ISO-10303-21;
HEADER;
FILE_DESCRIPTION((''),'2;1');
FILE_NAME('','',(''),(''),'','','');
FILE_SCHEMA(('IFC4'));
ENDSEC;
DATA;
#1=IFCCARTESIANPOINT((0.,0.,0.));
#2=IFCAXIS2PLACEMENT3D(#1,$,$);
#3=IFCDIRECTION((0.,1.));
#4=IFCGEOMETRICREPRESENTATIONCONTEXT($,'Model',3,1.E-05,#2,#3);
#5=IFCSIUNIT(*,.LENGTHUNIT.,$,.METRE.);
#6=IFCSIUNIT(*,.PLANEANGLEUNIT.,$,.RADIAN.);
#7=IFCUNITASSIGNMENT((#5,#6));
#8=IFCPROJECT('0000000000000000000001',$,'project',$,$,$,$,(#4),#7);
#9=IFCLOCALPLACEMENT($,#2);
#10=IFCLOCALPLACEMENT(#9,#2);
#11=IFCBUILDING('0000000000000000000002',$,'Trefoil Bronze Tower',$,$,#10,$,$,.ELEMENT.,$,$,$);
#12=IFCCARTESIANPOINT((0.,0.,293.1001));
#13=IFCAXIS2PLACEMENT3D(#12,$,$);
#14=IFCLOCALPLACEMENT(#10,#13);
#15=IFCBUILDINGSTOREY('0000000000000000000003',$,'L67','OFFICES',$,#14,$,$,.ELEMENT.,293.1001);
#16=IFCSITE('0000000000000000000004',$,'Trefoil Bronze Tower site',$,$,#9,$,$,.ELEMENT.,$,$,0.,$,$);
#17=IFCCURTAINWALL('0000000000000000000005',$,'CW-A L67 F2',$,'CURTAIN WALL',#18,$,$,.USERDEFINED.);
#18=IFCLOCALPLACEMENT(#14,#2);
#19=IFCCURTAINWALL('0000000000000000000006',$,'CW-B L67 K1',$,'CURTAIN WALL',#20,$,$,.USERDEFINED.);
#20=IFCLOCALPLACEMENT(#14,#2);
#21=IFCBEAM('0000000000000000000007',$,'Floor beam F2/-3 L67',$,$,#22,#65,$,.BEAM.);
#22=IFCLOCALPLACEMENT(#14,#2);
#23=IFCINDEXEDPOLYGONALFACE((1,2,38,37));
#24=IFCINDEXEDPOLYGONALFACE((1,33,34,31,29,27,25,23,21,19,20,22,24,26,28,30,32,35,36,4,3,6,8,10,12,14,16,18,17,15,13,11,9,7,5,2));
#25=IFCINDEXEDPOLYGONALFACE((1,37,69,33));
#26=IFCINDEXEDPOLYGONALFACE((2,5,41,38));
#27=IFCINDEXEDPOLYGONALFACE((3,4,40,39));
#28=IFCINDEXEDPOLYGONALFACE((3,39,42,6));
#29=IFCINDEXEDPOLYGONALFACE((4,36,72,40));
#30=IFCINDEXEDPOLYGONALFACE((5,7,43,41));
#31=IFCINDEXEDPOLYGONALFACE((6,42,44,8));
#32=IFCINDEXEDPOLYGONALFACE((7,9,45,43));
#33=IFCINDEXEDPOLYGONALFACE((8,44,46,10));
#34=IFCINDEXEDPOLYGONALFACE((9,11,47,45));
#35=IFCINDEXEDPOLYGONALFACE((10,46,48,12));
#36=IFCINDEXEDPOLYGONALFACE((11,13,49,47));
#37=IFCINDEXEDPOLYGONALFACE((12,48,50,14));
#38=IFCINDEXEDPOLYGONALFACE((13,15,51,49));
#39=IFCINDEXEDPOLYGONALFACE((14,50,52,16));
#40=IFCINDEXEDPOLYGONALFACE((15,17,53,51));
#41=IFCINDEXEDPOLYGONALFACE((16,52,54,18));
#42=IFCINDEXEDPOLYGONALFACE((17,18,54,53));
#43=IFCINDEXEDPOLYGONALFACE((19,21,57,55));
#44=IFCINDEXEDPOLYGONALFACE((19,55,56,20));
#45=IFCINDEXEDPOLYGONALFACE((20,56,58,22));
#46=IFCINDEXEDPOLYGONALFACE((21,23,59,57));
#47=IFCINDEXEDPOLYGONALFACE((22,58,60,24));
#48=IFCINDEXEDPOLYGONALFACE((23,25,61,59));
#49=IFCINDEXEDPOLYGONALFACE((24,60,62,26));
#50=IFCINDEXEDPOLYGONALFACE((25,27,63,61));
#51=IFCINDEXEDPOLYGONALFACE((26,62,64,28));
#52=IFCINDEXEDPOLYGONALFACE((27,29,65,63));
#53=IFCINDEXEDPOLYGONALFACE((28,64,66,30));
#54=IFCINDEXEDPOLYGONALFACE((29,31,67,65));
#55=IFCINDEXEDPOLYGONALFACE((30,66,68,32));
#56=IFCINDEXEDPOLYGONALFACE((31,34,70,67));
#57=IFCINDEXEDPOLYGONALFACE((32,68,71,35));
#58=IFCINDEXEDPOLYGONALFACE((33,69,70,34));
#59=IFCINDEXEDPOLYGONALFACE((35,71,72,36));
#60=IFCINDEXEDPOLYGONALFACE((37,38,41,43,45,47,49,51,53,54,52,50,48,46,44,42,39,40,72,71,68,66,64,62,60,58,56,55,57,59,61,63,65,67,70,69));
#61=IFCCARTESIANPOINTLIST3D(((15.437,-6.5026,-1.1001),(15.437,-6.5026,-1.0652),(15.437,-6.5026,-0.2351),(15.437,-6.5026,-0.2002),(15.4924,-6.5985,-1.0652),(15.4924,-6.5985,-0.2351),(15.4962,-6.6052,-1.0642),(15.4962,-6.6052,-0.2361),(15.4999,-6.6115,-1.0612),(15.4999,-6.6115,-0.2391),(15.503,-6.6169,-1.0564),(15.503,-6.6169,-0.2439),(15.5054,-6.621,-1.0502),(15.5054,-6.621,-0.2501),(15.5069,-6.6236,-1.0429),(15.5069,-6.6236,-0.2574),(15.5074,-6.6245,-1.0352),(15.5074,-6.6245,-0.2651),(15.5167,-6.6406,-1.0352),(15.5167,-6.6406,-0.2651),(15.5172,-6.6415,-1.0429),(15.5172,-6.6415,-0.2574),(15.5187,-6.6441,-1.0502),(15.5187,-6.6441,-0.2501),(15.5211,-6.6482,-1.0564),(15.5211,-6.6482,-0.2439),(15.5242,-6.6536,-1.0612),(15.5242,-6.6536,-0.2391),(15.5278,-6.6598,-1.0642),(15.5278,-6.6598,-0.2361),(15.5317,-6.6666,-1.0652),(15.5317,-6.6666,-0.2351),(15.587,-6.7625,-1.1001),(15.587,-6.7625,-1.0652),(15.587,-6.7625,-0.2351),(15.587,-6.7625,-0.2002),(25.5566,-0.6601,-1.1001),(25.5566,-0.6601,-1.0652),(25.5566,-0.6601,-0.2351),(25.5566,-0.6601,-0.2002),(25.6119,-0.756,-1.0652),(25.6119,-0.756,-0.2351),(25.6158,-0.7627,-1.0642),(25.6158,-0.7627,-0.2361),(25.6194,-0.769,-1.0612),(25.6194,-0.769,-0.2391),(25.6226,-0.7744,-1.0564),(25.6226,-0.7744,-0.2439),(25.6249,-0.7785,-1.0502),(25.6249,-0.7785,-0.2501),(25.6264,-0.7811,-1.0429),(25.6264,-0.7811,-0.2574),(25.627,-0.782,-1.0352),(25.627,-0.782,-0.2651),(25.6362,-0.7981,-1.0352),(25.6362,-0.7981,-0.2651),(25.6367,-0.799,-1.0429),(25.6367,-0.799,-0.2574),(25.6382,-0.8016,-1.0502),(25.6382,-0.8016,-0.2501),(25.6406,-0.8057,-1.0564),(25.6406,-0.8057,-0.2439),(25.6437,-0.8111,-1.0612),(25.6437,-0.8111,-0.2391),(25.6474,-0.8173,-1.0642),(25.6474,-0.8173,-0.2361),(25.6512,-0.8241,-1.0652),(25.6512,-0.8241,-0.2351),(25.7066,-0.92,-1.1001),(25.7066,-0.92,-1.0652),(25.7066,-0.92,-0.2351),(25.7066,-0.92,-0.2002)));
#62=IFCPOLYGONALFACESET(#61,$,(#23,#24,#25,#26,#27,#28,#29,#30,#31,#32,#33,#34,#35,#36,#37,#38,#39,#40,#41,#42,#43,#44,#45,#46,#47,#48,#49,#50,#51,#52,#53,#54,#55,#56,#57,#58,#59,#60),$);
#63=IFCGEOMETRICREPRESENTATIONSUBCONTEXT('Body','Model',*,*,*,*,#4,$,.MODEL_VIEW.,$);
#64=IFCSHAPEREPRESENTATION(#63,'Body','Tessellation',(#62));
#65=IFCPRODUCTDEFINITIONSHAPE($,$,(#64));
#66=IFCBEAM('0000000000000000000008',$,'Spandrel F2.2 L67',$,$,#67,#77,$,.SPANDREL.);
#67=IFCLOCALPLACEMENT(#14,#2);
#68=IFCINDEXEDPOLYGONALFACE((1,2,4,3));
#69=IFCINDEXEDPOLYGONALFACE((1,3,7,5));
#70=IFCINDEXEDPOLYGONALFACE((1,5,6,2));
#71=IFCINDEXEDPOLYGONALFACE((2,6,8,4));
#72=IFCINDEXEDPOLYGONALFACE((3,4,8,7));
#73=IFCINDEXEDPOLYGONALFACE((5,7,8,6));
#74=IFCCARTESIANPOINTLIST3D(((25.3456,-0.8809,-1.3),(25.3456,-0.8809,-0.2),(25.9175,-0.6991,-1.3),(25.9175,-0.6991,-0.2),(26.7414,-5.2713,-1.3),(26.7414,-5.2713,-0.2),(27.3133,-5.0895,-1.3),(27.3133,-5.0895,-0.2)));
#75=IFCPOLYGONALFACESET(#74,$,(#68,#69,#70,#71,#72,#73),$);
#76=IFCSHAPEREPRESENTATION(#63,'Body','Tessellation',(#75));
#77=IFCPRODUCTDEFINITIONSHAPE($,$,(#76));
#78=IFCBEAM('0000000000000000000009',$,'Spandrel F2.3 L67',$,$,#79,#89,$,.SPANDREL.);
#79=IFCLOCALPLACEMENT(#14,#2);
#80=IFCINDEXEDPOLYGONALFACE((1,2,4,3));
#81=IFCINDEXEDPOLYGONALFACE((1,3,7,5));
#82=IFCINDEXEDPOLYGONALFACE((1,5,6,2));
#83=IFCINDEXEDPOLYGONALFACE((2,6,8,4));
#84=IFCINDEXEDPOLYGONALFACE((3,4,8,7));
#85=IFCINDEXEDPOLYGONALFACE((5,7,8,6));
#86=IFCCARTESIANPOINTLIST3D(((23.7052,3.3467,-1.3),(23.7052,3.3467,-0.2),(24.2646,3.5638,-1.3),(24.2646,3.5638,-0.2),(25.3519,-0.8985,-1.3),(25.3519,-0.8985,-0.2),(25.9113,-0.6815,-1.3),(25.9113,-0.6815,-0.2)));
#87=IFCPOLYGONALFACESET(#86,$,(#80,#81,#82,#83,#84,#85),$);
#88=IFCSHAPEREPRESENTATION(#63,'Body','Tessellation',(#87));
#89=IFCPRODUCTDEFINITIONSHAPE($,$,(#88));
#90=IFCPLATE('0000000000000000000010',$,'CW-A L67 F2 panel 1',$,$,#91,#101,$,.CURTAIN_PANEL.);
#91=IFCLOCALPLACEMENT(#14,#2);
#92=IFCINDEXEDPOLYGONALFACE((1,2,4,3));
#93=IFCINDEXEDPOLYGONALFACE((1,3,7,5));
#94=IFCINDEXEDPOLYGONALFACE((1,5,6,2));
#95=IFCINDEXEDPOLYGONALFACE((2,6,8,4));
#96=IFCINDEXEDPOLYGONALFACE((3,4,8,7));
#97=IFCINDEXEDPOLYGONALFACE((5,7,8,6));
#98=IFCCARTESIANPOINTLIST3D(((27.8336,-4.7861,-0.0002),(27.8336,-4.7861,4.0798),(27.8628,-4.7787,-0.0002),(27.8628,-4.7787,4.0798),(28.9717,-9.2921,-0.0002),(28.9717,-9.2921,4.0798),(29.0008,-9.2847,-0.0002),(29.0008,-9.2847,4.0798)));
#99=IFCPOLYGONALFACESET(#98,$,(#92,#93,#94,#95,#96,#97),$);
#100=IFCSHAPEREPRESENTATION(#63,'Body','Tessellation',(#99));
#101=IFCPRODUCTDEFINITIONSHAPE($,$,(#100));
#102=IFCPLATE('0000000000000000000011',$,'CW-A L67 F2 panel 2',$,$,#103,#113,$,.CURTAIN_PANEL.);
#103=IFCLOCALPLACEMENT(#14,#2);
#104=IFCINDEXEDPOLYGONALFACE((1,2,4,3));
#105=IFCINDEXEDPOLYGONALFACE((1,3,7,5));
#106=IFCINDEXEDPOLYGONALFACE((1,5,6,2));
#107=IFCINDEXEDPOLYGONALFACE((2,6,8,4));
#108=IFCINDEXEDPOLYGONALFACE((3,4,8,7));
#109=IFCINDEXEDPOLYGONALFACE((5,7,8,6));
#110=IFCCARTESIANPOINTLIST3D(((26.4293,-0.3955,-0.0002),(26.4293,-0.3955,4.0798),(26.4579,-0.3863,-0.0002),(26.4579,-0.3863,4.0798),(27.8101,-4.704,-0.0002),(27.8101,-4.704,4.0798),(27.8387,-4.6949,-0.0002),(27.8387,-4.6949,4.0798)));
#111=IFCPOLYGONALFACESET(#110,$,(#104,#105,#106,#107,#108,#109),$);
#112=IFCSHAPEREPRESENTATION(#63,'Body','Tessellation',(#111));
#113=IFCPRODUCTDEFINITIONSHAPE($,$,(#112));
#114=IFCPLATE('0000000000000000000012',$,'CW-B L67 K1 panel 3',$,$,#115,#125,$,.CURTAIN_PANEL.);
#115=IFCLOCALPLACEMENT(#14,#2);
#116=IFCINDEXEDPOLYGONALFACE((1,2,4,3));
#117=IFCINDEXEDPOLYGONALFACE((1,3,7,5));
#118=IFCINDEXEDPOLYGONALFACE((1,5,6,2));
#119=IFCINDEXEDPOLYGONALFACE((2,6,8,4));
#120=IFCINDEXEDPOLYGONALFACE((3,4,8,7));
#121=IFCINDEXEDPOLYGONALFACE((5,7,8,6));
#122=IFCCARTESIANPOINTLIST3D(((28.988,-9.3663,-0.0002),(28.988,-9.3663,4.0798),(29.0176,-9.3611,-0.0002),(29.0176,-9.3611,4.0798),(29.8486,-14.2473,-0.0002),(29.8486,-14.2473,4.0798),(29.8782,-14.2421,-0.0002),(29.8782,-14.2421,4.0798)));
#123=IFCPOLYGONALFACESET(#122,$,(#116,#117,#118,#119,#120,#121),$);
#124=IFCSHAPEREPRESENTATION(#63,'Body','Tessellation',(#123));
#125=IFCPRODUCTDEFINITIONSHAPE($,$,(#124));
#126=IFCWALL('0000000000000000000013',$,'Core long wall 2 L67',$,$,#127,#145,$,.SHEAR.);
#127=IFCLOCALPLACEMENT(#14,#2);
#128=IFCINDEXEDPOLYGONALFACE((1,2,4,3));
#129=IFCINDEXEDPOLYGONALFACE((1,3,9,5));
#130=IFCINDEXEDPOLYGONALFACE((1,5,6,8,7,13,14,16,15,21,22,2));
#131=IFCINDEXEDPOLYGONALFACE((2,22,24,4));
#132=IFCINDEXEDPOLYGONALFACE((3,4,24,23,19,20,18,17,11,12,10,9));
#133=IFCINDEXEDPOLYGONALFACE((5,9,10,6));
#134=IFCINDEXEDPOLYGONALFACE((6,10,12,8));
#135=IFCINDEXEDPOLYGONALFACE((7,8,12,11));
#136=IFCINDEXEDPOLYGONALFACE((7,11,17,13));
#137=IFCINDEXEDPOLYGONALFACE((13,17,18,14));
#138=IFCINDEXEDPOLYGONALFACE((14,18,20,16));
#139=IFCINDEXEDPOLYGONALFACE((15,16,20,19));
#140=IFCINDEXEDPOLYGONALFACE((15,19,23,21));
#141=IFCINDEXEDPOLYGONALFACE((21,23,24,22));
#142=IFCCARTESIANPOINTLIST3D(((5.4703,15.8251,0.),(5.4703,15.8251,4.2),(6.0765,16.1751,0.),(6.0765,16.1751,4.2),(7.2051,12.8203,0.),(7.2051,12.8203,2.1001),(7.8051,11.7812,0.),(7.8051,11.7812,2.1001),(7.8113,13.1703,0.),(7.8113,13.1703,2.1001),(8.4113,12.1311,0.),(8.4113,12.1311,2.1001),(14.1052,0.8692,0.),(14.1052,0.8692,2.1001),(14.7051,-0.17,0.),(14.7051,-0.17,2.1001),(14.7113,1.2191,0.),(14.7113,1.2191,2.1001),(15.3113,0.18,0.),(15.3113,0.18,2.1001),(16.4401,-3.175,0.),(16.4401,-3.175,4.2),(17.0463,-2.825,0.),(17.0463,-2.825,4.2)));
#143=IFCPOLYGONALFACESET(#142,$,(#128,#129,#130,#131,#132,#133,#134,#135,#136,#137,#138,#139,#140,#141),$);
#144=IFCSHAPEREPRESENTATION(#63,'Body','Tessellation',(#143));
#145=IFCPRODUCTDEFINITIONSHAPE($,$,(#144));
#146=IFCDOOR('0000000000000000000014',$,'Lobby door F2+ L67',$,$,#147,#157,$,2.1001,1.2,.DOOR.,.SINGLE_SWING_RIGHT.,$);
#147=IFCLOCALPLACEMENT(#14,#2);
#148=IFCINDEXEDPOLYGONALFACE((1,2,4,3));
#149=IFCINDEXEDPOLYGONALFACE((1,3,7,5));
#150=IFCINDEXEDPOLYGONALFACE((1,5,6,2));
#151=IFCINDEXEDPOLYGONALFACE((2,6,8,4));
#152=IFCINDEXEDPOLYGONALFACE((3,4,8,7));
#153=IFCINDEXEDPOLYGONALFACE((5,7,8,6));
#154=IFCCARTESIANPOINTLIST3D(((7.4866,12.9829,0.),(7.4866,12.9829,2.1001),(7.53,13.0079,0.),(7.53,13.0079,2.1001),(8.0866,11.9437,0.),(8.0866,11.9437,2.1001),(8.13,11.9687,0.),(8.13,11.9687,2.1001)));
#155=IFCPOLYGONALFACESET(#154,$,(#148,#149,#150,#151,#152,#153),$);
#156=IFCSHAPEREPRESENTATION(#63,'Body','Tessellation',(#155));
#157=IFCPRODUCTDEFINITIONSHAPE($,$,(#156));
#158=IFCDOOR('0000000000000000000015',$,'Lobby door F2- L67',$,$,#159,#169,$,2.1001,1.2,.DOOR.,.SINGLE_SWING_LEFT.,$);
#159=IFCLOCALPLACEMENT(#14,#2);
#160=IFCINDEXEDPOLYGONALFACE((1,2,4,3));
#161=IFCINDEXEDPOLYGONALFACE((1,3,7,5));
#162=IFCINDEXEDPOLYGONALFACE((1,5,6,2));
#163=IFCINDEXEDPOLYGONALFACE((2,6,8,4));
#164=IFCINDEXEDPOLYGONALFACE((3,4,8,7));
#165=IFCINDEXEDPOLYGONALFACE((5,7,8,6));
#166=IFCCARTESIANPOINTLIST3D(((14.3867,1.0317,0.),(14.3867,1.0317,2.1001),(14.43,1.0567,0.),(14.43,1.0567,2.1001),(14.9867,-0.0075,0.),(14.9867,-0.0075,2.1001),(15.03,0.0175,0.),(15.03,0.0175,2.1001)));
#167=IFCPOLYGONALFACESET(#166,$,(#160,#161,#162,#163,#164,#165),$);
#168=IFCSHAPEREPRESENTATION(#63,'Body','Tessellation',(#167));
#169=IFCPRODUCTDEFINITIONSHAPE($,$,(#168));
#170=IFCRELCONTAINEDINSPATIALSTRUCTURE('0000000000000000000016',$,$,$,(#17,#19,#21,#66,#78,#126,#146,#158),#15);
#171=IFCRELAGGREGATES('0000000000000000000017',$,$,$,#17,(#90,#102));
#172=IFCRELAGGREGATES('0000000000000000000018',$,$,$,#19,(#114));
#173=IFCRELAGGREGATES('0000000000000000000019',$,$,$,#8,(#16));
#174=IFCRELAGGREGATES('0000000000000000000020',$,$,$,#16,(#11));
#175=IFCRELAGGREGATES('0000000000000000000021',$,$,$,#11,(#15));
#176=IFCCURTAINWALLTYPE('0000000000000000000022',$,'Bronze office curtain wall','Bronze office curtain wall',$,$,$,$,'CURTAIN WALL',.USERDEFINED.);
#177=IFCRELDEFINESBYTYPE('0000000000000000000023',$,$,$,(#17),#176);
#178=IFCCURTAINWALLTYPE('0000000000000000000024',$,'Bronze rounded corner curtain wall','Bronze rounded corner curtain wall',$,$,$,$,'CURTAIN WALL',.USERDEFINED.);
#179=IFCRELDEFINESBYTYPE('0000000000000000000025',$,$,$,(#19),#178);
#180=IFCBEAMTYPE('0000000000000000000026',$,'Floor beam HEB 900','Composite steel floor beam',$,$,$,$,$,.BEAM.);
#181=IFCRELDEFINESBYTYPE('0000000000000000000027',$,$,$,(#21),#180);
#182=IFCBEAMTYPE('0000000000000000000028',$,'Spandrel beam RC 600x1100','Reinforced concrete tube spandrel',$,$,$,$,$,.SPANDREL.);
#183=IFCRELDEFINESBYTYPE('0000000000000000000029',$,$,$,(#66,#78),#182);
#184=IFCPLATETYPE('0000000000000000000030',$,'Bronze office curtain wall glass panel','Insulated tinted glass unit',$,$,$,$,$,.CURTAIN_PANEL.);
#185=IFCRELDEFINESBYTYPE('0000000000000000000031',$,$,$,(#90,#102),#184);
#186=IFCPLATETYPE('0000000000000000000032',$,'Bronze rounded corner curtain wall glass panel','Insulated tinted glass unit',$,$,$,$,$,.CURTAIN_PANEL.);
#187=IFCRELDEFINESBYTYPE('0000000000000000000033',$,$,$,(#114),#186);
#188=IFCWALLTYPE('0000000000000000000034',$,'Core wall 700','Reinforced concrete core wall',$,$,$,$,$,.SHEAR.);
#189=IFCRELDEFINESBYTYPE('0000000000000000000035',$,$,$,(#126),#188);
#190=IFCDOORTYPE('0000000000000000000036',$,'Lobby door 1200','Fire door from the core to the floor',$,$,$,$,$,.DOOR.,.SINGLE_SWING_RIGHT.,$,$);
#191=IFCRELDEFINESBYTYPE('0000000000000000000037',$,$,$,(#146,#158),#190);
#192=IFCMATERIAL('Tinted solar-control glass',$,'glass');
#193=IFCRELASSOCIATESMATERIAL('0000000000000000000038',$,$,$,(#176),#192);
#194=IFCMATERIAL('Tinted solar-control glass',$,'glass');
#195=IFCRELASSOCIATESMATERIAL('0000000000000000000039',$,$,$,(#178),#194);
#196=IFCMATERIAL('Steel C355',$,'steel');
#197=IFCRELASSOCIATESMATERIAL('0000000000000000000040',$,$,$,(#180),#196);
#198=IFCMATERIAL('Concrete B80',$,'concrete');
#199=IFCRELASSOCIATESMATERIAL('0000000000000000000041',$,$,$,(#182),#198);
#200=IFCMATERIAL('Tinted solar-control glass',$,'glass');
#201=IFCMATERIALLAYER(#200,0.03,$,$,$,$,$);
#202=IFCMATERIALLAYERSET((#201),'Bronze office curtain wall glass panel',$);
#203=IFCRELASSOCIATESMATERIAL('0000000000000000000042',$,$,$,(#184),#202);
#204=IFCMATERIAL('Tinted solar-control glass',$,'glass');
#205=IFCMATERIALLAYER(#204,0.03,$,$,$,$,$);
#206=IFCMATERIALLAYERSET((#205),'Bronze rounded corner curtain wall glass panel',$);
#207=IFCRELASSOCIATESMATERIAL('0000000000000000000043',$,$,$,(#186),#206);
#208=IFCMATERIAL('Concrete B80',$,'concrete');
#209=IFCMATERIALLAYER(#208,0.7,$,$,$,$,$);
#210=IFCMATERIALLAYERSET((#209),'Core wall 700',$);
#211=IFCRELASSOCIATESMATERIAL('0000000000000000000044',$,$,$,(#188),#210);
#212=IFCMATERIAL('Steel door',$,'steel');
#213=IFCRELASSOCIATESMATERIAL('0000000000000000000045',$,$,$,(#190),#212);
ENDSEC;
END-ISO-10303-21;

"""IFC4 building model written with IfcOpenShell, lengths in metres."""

from ifc_helpers import new_model, si_unit, direction, frame, frame_2d, origin, origin_2d, place, context, subcontext, project, spatial, rectangle, i_section, extrude, material, layer, layer_set, material_profile, profile_set, type_object, element, fill, aggregate, save


model = new_model("IFC4")

# Units and contexts
model_context = context("Model", 3, precision=1e-05, world=origin(), true_north=direction((0.0, 1.0)))
body_context = subcontext(model_context, "Body", "Model", "MODEL_VIEW")
ifc_project = project(units=[si_unit("LENGTHUNIT", "METRE"), si_unit("PLANEANGLEUNIT", "RADIAN")], contexts=[model_context])

# Site, building, storey
site_placement = place(None, origin())
site = spatial("IfcSite", under=ifc_project, at=site_placement, Name="Trefoil Bronze Tower site", CompositionType="ELEMENT", RefElevation=0.0)
building_placement = place(site_placement, origin())
building = spatial("IfcBuilding", under=site, at=building_placement, Name="Trefoil Bronze Tower", CompositionType="ELEMENT")
storey_placement = place(building_placement, frame((0.0, 0.0, 293.1001)))
storey = spatial("IfcBuildingStorey", under=building, at=storey_placement, Name="L67", Description="OFFICES", CompositionType="ELEMENT", Elevation=293.1001)

# Curtain walls
ifc_material_1 = material(Name="Tinted solar-control glass", Category="glass")
curtain_wall_type_1 = type_object("IfcCurtainWallType", Name="Bronze office curtain wall", Description="Bronze office curtain wall", ElementType="CURTAIN WALL", PredefinedType="USERDEFINED", material=ifc_material_1)
curtain_wall_1_placement = place(storey_placement, origin())
curtain_wall_1 = element("IfcCurtainWall", 1, at=curtain_wall_1_placement, inside=storey, type_object=curtain_wall_type_1, Name="CW-A L67 F2", ObjectType="CURTAIN WALL", PredefinedType="USERDEFINED")
ifc_material_2 = material(Name="Tinted solar-control glass", Category="glass")
curtain_wall_type_2 = type_object("IfcCurtainWallType", Name="Bronze rounded corner curtain wall", Description="Bronze rounded corner curtain wall", ElementType="CURTAIN WALL", PredefinedType="USERDEFINED", material=ifc_material_2)
curtain_wall_2_placement = place(storey_placement, origin())
curtain_wall_2 = element("IfcCurtainWall", 2, at=curtain_wall_2_placement, inside=storey, type_object=curtain_wall_type_2, Name="CW-B L67 K1", ObjectType="CURTAIN WALL", PredefinedType="USERDEFINED")

# Beams
ifc_material_3 = material(Name="Steel C355", Category="steel")
ifc_material_profile_1 = material_profile(ifc_material_3, i_section(OverallWidth=0.3, OverallDepth=0.8999, WebThickness=0.0186, FlangeThickness=0.0349, FilletRadius=0.03, at=origin_2d()), Name="HEB 900")
ifc_profile_set_1 = profile_set([ifc_material_profile_1], Name="Steel C355")
beam_type_1 = type_object("IfcBeamType", Name="Floor beam HEB 900", Description="Composite steel floor beam", PredefinedType="BEAM", material=ifc_profile_set_1)
beam_1_placement = place(storey_placement, frame((25.6316, -0.79, -0.6501), z_axis=(-0.866027, -0.499997, 0.0), x_axis=(0.499997, -0.866027, 0.0)))
element("IfcBeam", 3, at=beam_1_placement, inside=storey, type_object=beam_type_1, Name="Floor beam F2/-3 L67", PredefinedType="BEAM", context=body_context, shape_type="SweptSolid", body=[
    extrude(i_section(OverallWidth=0.3, OverallDepth=0.8999, WebThickness=0.0186, FlangeThickness=0.0349, FilletRadius=0.03, at=origin_2d()), origin(), (0.0, 0.0, 1.0), 11.6851),
])
ifc_material_4 = material(Name="Concrete B80", Category="concrete")
ifc_material_profile_2 = material_profile(ifc_material_4, rectangle(XDim=0.6001, YDim=1.1001, at=origin_2d()), Name="RC 600x1100")
ifc_profile_set_2 = profile_set([ifc_material_profile_2], Name="Concrete B80")
beam_type_2 = type_object("IfcBeamType", Name="Spandrel beam RC 600x1100", Description="Reinforced concrete tube spandrel", PredefinedType="SPANDREL", material=ifc_profile_set_2)
beam_2_placement = place(storey_placement, frame((27.0273, -5.1804, -0.75), z_axis=(-0.30297, 0.953, 0.0), x_axis=(-0.953, -0.30297, 0.0)))
element("IfcBeam", 4, at=beam_2_placement, inside=storey, type_object=beam_type_2, Name="Spandrel F2.2 L67", PredefinedType="SPANDREL", context=body_context, shape_type="SweptSolid", body=[
    extrude(rectangle(XDim=0.6001, YDim=1.1001, at=origin_2d()), origin(), (0.0, 0.0, 1.0), 4.6069),
])
beam_3_placement = place(storey_placement, frame((25.6316, -0.79, -0.75), z_axis=(-0.361636, 0.932319, 0.0), x_axis=(-0.932319, -0.361636, 0.0)))
element("IfcBeam", 5, at=beam_3_placement, inside=storey, type_object=beam_type_2, Name="Spandrel F2.3 L67", PredefinedType="SPANDREL", context=body_context, shape_type="SweptSolid", body=[
    extrude(rectangle(XDim=0.6001, YDim=1.1001, at=origin_2d()), origin(), (0.0, 0.0, 1.0), 4.5535),
])

# Plates
ifc_material_5 = material(Name="Tinted solar-control glass", Category="glass")
ifc_layer_1 = layer(ifc_material_5, 0.03)
ifc_layer_set_1 = layer_set([ifc_layer_1], Name="Bronze office curtain wall glass panel")
plate_type_1 = type_object("IfcPlateType", Name="Bronze office curtain wall glass panel", Description="Insulated tinted glass unit", PredefinedType="CURTAIN_PANEL", material=ifc_layer_set_1)
plate_1_placement = place(storey_placement, frame((28.4172, -7.0354, -0.0002), z_axis=(0.0, 0.0, 1.0), x_axis=(-0.24488, 0.969554, 0.0)))
plate_1 = element("IfcPlate", 6, at=plate_1_placement, type_object=plate_type_1, Name="CW-A L67 F2 panel 1", PredefinedType="CURTAIN_PANEL", context=body_context, shape_type="SweptSolid", body=[
    extrude(rectangle(XDim=4.6475, YDim=0.03, at=origin_2d()), origin(), (0.0, 0.0, 1.0), 4.0801),
])
plate_2_placement = place(storey_placement, frame((27.134, -2.5452, -0.0002), z_axis=(0.0, 0.0, 1.0), x_axis=(-0.305188, 0.952292, 0.0)))
plate_2 = element("IfcPlate", 7, at=plate_2_placement, type_object=plate_type_1, Name="CW-A L67 F2 panel 2", PredefinedType="CURTAIN_PANEL", context=body_context, shape_type="SweptSolid", body=[
    extrude(rectangle(XDim=4.5244, YDim=0.03, at=origin_2d()), origin(), (0.0, 0.0, 1.0), 4.0801),
])
aggregate(curtain_wall_1, [plate_1, plate_2])
ifc_material_6 = material(Name="Tinted solar-control glass", Category="glass")
ifc_layer_2 = layer(ifc_material_6, 0.03)
ifc_layer_set_2 = layer_set([ifc_layer_2], Name="Bronze rounded corner curtain wall glass panel")
plate_type_2 = type_object("IfcPlateType", Name="Bronze rounded corner curtain wall glass panel", Description="Insulated tinted glass unit", PredefinedType="CURTAIN_PANEL", material=ifc_layer_set_2)
plate_3_placement = place(storey_placement, frame((29.4331, -11.8042, -0.0002), z_axis=(0.0, 0.0, 1.0), x_axis=(-0.173648, 0.984808, 0.0)))
plate_3 = element("IfcPlate", 8, at=plate_3_placement, type_object=plate_type_2, Name="CW-B L67 K1 panel 3", PredefinedType="CURTAIN_PANEL", context=body_context, shape_type="SweptSolid", body=[
    extrude(rectangle(XDim=4.9563, YDim=0.03, at=origin_2d()), origin(), (0.0, 0.0, 1.0), 4.0801),
])
aggregate(curtain_wall_2, [plate_3])

# Wall, openings, doors
ifc_material_7 = material(Name="Concrete B80", Category="concrete")
ifc_layer_3 = layer(ifc_material_7, 0.7)
ifc_layer_set_3 = layer_set([ifc_layer_3], Name="Core wall 700")
wall_type_1 = type_object("IfcWallType", Name="Core wall 700", Description="Reinforced concrete core wall", PredefinedType="SHEAR", material=ifc_layer_set_3)
wall_1_placement = place(storey_placement, frame((16.7432, -3.0, 0.0), z_axis=(0.0, 0.0, 1.0), x_axis=(-0.500002, 0.866024, 0.0)))
wall_1 = element("IfcWall", 9, at=wall_1_placement, inside=storey, type_object=wall_type_1, Name="Core long wall 2 L67", PredefinedType="SHEAR", context=body_context, shape_type="SweptSolid", body=[
    extrude(rectangle(XDim=21.9395, YDim=0.7, at=frame_2d((10.9697, 0.0))), origin(), (0.0, 0.0, 1.0), 4.2),
])
opening_1_placement = place(wall_1_placement, frame((17.2698, 0.0, 0.0)))
opening_1 = element("IfcOpeningElement", 10, at=opening_1_placement, cuts=wall_1, PredefinedType="OPENING", context=body_context, shape_type="SweptSolid", body=[
    extrude(rectangle(XDim=1.2, YDim=2.1001, at=frame_2d((0.6001, 1.05))), frame((0.0, 0.3599, 0.0), z_axis=(0.0, -1.0, 0.0), x_axis=(1.0, 0.0, 0.0)), (0.0, 0.0, 1.0), 0.72),
])
opening_2_placement = place(wall_1_placement, frame((3.4697, 0.0, 0.0)))
opening_2 = element("IfcOpeningElement", 11, at=opening_2_placement, cuts=wall_1, PredefinedType="OPENING", context=body_context, shape_type="SweptSolid", body=[
    extrude(rectangle(XDim=1.2, YDim=2.1001, at=frame_2d((0.6001, 1.05))), frame((0.0, 0.3599, 0.0), z_axis=(0.0, -1.0, 0.0), x_axis=(1.0, 0.0, 0.0)), (0.0, 0.0, 1.0), 0.72),
])
ifc_material_8 = material(Name="Steel door", Category="steel")
door_type_1 = type_object("IfcDoorType", Name="Lobby door 1200", Description="Fire door from the core to the floor", OperationType="SINGLE_SWING_RIGHT", PredefinedType="DOOR", material=ifc_material_8)
door_1_placement = place(opening_1_placement, origin())
door_1 = element("IfcDoor", 12, at=door_1_placement, inside=storey, type_object=door_type_1, Name="Lobby door F2+ L67", OperationType="SINGLE_SWING_RIGHT", OverallHeight=2.1001, OverallWidth=1.2, PredefinedType="DOOR", context=body_context, shape_type="SweptSolid", body=[
    extrude(rectangle(XDim=1.2, YDim=2.1001, at=frame_2d((0.6001, 1.05))), frame((0.0, 0.0249, 0.0), z_axis=(0.0, -1.0, 0.0), x_axis=(1.0, 0.0, 0.0)), (0.0, 0.0, 1.0), 0.05),
])
fill(opening_1, door_1)
door_2_placement = place(opening_2_placement, origin())
door_2 = element("IfcDoor", 13, at=door_2_placement, inside=storey, type_object=door_type_1, Name="Lobby door F2- L67", OperationType="SINGLE_SWING_LEFT", OverallHeight=2.1001, OverallWidth=1.2, PredefinedType="DOOR", context=body_context, shape_type="SweptSolid", body=[
    extrude(rectangle(XDim=1.2, YDim=2.1001, at=frame_2d((0.6001, 1.05))), frame((0.0, 0.0249, 0.0), z_axis=(0.0, -1.0, 0.0), x_axis=(1.0, 0.0, 0.0)), (0.0, 0.0, 1.0), 0.05),
])
fill(opening_2, door_2)

save(model, "model.ifc")
